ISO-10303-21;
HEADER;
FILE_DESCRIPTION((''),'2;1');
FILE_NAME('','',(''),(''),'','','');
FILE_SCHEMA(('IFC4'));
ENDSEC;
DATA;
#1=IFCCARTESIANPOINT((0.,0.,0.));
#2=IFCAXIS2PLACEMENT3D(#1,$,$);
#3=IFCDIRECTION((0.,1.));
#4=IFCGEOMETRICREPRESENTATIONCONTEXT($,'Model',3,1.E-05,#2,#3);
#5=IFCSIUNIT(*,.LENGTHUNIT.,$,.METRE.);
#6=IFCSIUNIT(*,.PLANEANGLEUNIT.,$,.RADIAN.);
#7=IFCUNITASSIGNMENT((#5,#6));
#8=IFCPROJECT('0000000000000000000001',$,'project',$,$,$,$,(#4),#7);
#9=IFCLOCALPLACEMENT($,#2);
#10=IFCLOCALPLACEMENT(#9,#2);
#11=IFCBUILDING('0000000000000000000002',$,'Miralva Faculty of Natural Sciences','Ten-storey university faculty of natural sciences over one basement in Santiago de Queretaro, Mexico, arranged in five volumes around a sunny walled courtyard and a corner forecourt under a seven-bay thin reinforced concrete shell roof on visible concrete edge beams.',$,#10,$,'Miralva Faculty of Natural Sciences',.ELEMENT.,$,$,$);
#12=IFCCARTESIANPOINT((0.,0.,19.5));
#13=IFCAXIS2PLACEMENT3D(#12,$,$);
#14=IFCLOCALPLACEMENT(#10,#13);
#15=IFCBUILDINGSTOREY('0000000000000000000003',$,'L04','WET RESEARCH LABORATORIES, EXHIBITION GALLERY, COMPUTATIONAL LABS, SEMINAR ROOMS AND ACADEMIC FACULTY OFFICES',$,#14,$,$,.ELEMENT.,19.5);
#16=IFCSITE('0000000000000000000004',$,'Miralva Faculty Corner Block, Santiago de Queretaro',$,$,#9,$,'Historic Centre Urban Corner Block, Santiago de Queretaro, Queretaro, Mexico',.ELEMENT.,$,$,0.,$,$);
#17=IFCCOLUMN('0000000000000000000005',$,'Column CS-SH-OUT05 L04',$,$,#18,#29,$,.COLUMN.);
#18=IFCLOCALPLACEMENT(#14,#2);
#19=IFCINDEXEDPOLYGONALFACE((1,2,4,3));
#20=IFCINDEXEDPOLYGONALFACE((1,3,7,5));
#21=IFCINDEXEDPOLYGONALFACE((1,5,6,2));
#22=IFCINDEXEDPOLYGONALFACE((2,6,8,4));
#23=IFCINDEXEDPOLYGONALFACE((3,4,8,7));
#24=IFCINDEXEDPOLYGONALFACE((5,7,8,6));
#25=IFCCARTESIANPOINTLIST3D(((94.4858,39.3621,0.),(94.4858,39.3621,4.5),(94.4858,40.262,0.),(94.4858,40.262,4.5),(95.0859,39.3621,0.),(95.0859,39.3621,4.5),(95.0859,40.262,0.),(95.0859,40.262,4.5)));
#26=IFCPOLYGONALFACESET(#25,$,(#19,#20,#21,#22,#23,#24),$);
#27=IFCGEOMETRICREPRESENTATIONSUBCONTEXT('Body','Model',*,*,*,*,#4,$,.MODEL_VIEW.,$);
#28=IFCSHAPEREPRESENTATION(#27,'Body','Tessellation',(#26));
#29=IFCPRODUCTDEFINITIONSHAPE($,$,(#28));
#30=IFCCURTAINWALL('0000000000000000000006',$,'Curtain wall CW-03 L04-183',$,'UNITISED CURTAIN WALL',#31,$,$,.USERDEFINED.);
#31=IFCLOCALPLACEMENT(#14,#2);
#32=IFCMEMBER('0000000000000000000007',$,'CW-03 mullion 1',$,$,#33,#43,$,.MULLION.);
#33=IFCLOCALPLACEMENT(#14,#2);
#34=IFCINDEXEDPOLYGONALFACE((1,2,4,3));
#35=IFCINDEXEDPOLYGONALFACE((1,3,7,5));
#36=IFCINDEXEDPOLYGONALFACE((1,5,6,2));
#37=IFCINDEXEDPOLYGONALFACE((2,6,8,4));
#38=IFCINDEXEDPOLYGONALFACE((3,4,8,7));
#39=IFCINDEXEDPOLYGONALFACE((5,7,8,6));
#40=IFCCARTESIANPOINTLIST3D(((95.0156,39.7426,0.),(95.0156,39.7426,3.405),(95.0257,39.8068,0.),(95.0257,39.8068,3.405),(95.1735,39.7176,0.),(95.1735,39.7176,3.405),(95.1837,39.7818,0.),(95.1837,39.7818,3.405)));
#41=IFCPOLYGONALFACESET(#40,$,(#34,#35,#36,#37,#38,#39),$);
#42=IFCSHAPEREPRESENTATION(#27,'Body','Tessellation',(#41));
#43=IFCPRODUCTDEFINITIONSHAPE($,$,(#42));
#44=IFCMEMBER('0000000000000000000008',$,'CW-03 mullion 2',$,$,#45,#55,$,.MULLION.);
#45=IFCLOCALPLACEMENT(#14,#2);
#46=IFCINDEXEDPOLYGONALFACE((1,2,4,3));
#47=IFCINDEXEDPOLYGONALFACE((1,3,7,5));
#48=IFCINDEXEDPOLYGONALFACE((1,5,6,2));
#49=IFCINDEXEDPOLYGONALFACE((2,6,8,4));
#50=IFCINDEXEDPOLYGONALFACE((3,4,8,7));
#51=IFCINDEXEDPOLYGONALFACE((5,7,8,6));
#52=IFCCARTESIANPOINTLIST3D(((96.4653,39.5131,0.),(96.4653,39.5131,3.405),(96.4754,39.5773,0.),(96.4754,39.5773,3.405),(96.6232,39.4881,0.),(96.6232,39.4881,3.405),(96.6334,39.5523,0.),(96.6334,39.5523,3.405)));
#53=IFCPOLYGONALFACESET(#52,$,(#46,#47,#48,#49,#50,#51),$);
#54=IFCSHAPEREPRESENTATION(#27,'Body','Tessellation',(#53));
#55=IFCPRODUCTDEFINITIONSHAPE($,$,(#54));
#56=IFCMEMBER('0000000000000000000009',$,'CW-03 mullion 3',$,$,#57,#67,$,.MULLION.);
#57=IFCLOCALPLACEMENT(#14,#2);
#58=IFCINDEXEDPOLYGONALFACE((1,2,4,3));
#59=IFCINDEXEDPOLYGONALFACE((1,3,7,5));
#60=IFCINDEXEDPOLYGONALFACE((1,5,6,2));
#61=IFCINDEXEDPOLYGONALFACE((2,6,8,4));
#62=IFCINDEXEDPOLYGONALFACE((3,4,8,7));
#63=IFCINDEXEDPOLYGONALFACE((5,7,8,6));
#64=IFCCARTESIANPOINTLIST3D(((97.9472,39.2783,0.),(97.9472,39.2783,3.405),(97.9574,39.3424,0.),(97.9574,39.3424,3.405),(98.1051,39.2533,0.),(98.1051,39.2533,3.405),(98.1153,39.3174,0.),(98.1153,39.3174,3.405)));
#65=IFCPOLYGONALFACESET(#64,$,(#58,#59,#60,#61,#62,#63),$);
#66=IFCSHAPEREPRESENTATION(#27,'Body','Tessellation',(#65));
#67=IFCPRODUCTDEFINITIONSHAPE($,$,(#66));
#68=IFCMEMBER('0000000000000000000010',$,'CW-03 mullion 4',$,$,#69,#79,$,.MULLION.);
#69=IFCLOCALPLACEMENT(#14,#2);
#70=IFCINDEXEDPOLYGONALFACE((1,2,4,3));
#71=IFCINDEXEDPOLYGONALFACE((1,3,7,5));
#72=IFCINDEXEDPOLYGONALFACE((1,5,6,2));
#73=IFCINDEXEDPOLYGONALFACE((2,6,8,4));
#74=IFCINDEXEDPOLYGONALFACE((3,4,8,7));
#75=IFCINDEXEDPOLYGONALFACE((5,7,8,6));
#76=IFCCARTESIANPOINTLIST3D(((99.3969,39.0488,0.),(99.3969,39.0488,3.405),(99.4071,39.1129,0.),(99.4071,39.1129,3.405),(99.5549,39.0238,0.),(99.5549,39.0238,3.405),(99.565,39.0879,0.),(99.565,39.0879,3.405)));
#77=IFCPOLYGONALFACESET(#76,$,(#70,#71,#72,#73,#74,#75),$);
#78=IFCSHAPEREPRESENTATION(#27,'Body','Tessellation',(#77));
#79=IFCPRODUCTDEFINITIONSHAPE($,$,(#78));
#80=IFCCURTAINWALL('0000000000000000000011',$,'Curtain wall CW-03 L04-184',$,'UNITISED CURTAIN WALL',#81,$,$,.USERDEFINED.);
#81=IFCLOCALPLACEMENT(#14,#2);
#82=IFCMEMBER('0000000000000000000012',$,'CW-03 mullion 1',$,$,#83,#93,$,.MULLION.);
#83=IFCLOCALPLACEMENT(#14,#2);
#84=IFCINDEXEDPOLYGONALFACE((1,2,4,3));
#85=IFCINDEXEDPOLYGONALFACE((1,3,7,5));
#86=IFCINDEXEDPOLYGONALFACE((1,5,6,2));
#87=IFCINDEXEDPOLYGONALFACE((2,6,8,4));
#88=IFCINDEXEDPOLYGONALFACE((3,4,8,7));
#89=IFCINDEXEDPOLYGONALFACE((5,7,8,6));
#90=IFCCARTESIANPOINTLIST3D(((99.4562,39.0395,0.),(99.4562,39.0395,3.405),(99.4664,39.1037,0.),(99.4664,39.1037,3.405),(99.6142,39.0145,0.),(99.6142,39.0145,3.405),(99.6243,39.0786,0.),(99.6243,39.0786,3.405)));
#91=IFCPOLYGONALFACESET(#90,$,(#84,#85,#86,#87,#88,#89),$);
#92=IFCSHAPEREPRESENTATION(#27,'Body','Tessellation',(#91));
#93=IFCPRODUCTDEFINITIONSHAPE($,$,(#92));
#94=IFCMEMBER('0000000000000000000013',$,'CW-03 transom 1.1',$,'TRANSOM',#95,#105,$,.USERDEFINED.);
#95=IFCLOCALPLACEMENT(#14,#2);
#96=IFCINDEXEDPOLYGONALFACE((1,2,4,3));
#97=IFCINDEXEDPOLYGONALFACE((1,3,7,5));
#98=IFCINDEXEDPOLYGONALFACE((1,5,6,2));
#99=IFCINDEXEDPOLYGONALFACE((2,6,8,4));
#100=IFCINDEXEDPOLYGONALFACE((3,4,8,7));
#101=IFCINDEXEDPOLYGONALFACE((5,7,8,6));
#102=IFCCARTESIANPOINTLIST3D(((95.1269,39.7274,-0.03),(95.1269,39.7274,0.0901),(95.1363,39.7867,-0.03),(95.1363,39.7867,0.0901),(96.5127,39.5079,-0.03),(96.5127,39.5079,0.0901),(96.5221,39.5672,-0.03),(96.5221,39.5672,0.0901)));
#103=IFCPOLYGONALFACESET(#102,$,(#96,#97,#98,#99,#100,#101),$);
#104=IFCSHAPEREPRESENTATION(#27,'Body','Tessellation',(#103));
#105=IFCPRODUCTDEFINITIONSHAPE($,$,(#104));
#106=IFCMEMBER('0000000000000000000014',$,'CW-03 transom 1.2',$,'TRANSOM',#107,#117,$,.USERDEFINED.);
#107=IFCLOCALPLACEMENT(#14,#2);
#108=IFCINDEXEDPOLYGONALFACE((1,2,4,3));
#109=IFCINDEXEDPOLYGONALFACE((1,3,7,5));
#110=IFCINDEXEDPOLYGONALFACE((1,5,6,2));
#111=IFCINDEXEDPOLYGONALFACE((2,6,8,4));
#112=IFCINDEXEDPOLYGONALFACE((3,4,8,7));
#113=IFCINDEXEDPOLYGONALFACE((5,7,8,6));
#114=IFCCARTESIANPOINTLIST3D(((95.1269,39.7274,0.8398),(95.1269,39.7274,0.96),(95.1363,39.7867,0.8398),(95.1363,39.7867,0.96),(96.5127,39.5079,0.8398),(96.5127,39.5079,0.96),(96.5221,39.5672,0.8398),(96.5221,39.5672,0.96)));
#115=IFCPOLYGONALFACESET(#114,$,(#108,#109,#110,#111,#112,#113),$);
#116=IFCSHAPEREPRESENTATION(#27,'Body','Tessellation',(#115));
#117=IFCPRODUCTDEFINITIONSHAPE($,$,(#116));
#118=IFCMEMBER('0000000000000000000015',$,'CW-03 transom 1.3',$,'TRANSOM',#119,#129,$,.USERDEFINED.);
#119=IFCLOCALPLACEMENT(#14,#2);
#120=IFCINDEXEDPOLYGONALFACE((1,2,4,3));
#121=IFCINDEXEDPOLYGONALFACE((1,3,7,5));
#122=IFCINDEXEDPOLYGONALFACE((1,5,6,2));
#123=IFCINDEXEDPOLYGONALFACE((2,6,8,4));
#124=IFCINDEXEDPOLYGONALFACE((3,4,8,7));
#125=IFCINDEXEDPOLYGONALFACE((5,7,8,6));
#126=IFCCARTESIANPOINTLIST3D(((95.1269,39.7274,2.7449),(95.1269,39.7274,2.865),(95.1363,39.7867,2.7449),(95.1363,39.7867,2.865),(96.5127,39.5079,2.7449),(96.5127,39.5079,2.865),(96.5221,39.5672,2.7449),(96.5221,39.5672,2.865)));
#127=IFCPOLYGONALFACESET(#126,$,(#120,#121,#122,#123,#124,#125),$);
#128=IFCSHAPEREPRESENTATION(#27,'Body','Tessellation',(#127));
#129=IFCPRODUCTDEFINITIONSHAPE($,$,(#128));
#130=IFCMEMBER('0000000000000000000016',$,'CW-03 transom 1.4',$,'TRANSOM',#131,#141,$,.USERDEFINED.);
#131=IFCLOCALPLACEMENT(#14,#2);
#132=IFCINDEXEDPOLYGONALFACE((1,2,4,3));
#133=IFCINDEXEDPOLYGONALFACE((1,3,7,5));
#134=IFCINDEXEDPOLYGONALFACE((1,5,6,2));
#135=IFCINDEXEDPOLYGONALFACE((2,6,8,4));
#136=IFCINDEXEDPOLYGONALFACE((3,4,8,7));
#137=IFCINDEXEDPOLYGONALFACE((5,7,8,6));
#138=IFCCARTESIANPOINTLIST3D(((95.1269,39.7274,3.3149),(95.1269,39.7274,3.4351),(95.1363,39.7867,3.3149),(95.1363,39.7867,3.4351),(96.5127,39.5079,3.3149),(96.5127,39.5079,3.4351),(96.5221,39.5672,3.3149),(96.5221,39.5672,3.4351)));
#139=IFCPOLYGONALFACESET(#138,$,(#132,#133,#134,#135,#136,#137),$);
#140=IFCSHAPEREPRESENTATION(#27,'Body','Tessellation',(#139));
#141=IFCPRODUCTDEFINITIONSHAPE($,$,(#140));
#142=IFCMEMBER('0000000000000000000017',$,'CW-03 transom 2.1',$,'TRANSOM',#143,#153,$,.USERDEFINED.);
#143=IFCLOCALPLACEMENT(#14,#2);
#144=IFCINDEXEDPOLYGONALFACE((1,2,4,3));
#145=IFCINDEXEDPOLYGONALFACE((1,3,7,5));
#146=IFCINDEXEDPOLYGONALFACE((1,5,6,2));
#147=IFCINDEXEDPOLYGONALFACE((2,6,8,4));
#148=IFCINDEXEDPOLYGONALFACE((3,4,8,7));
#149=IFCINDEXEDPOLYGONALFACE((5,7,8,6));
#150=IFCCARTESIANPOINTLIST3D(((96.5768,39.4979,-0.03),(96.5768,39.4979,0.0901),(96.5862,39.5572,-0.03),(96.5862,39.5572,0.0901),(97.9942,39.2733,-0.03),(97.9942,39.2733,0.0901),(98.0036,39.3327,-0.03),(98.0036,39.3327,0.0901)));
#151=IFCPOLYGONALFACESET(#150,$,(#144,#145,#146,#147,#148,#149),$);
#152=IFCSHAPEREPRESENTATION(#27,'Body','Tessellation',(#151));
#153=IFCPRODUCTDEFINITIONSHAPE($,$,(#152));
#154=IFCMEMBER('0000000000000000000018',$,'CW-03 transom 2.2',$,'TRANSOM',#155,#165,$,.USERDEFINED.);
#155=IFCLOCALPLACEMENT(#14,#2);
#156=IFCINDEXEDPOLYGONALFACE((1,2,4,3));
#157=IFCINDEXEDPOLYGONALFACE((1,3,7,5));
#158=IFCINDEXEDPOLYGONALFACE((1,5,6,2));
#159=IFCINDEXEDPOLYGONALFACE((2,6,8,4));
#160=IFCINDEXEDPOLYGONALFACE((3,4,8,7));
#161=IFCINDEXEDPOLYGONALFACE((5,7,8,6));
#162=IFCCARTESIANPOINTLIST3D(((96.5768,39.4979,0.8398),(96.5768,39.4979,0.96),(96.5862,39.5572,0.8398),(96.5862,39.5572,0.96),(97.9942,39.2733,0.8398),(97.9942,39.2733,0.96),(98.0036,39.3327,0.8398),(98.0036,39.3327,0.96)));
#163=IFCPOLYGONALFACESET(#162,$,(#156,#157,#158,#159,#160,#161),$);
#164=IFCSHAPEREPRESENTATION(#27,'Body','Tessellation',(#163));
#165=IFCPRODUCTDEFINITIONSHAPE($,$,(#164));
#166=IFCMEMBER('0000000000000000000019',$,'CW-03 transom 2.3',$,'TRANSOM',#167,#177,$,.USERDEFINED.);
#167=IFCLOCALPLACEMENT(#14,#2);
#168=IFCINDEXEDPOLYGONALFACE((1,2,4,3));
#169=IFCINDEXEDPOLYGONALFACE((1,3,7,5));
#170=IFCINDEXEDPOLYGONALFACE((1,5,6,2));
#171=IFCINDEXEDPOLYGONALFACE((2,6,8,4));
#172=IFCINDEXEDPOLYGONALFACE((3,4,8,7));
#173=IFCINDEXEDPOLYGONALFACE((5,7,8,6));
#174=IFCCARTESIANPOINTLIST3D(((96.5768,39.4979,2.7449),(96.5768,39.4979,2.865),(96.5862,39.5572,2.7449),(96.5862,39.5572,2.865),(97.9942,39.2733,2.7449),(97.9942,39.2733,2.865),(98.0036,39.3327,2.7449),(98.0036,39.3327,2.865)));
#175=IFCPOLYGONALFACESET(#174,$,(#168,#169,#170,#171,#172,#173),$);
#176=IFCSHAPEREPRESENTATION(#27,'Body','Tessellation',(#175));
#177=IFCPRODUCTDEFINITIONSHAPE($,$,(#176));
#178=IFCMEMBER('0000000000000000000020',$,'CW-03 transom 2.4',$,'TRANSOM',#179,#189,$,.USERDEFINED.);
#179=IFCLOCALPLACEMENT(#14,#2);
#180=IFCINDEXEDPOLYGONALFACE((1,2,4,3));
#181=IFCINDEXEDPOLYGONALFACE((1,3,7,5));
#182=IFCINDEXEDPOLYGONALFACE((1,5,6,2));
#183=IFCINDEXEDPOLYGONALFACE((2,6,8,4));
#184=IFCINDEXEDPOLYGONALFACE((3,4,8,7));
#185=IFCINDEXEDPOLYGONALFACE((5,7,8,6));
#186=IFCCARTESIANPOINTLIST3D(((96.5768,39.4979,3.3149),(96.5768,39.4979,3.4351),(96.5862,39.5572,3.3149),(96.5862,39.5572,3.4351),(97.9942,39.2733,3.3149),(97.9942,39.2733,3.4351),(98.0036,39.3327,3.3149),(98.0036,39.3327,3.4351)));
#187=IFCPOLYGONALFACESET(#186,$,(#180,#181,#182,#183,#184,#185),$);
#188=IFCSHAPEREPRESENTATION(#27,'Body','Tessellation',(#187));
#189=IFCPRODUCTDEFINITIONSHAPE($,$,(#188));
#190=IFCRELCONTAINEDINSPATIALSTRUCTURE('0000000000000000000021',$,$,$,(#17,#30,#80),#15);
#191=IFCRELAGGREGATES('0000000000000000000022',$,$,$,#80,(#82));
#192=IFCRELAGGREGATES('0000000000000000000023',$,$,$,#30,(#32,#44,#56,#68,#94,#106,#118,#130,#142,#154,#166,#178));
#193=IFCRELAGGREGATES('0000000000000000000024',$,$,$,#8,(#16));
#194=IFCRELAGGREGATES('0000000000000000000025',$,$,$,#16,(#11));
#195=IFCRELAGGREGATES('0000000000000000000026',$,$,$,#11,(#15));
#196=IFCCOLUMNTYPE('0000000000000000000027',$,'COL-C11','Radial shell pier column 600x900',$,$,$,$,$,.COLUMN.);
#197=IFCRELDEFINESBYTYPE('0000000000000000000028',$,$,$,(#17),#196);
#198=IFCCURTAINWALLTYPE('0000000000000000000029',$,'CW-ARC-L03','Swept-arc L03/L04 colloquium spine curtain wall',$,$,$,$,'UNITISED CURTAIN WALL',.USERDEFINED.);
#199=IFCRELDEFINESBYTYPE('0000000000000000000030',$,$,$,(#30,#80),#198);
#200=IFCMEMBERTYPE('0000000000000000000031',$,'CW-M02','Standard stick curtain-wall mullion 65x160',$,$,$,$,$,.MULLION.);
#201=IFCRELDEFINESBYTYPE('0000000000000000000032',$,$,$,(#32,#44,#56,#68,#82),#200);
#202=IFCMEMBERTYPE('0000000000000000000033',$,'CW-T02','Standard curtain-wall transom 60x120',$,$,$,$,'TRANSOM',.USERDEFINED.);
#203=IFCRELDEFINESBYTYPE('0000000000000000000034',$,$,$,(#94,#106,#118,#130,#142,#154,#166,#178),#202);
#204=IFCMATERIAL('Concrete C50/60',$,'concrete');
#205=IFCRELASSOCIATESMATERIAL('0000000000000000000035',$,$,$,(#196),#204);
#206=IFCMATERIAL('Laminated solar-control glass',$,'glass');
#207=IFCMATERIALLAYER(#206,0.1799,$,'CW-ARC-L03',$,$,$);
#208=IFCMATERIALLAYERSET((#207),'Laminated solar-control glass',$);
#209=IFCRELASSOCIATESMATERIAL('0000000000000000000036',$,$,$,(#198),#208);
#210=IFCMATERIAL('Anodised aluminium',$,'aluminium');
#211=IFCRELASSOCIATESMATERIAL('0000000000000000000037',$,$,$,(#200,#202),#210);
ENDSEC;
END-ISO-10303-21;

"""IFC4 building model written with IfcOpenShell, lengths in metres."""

from ifc_helpers import new_model, si_unit, direction, frame, origin, origin_2d, place, context, subcontext, project, spatial, rectangle, extrude, material, layer, layer_set, material_profile, profile_set, type_object, element, aggregate, save


model = new_model("IFC4")

# Units and contexts
model_context = context("Model", 3, precision=1e-05, world=origin(), true_north=direction((0.0, 1.0)))
body_context = subcontext(model_context, "Body", "Model", "MODEL_VIEW")
ifc_project = project(units=[si_unit("LENGTHUNIT", "METRE"), si_unit("PLANEANGLEUNIT", "RADIAN")], contexts=[model_context])

# Site, building, storey
site_placement = place(None, origin())
site = spatial("IfcSite", under=ifc_project, at=site_placement, Name="Miralva Faculty Corner Block, Santiago de Queretaro", LongName="Historic Centre Urban Corner Block, Santiago de Queretaro, Queretaro, Mexico", CompositionType="ELEMENT", RefElevation=0.0)
building_placement = place(site_placement, origin())
building = spatial("IfcBuilding", under=site, at=building_placement, Name="Miralva Faculty of Natural Sciences", Description="Ten-storey university faculty of natural sciences over one basement in Santiago de Queretaro, Mexico, arranged in five volumes around a sunny walled courtyard and a corner forecourt under a seven-bay thin reinforced concrete shell roof on visible concrete edge beams.", LongName="Miralva Faculty of Natural Sciences", CompositionType="ELEMENT")
storey_placement = place(building_placement, frame((0.0, 0.0, 19.5)))
storey = spatial("IfcBuildingStorey", under=building, at=storey_placement, Name="L04", Description="WET RESEARCH LABORATORIES, EXHIBITION GALLERY, COMPUTATIONAL LABS, SEMINAR ROOMS AND ACADEMIC FACULTY OFFICES", CompositionType="ELEMENT", Elevation=19.5)

# Column
ifc_material_1 = material(Name="Concrete C50/60", Category="concrete")
ifc_material_profile_1 = material_profile(ifc_material_1, rectangle(XDim=0.6001, YDim=0.8999, at=origin_2d()), Name="RC 600x900")
ifc_profile_set_1 = profile_set([ifc_material_profile_1], Name="Concrete C50/60")
column_type = type_object("IfcColumnType", Name="COL-C11", Description="Radial shell pier column 600x900", PredefinedType="COLUMN", material=ifc_profile_set_1)
column_placement = place(storey_placement, frame((94.7859, 39.812, 0.0), z_axis=(0.0, 0.0, 1.0), x_axis=(1.0, 0.0, 0.0)))
element("IfcColumn", 1, at=column_placement, inside=storey, type_object=column_type, Name="Column CS-SH-OUT05 L04", PredefinedType="COLUMN", context=body_context, shape_type="SweptSolid", body=[
    extrude(rectangle(XDim=0.6001, YDim=0.8999, at=origin_2d()), origin(), (0.0, 0.0, 1.0), 4.5),
])

# Curtain wall, members
ifc_material_2 = material(Name="Laminated solar-control glass", Category="glass")
ifc_layer_1 = layer(ifc_material_2, 0.1799, Name="CW-ARC-L03")
ifc_layer_set_1 = layer_set([ifc_layer_1], Name="Laminated solar-control glass")
curtain_wall_type = type_object("IfcCurtainWallType", Name="CW-ARC-L03", Description="Swept-arc L03/L04 colloquium spine curtain wall", ElementType="UNITISED CURTAIN WALL", PredefinedType="USERDEFINED", material=ifc_layer_set_1)
curtain_wall_1_placement = place(storey_placement, origin())
curtain_wall_1 = element("IfcCurtainWall", 2, at=curtain_wall_1_placement, inside=storey, type_object=curtain_wall_type, Name="Curtain wall CW-03 L04-183", ObjectType="UNITISED CURTAIN WALL", PredefinedType="USERDEFINED")
ifc_material_3 = material(Name="Anodised aluminium", Category="aluminium")
ifc_material_profile_2 = material_profile(ifc_material_3, rectangle(XDim=0.0649, YDim=0.1599, at=origin_2d()), Name="MULLION 65x160")
ifc_profile_set_2 = profile_set([ifc_material_profile_2], Name="Anodised aluminium")
member_type_1 = type_object("IfcMemberType", Name="CW-M02", Description="Standard stick curtain-wall mullion 65x160", PredefinedType="MULLION", material=ifc_profile_set_2)
member_1_placement = place(storey_placement, frame((95.0996, 39.7622, 0.0), z_axis=(0.0, 0.0, 1.0), x_axis=(0.15641, 0.987692, 0.0)))
member_1 = element("IfcMember", 3, at=member_1_placement, type_object=member_type_1, Name="CW-03 mullion 1", PredefinedType="MULLION", context=body_context, shape_type="SweptSolid", body=[
    extrude(rectangle(XDim=0.0649, YDim=0.1599, at=origin_2d()), origin(), (0.0, 0.0, 1.0), 3.405),
])
member_2_placement = place(storey_placement, frame((96.5493, 39.5327, 0.0), z_axis=(0.0, 0.0, 1.0), x_axis=(0.15641, 0.987692, 0.0)))
member_2 = element("IfcMember", 4, at=member_2_placement, type_object=member_type_1, Name="CW-03 mullion 2", PredefinedType="MULLION", context=body_context, shape_type="SweptSolid", body=[
    extrude(rectangle(XDim=0.0649, YDim=0.1599, at=origin_2d()), origin(), (0.0, 0.0, 1.0), 3.405),
])
member_3_placement = place(storey_placement, frame((98.0312, 39.2979, 0.0), z_axis=(0.0, 0.0, 1.0), x_axis=(0.15641, 0.987692, 0.0)))
member_3 = element("IfcMember", 5, at=member_3_placement, type_object=member_type_1, Name="CW-03 mullion 3", PredefinedType="MULLION", context=body_context, shape_type="SweptSolid", body=[
    extrude(rectangle(XDim=0.0649, YDim=0.1599, at=origin_2d()), origin(), (0.0, 0.0, 1.0), 3.405),
])
member_4_placement = place(storey_placement, frame((99.481, 39.0684, 0.0), z_axis=(0.0, 0.0, 1.0), x_axis=(0.15641, 0.987692, 0.0)))
member_4 = element("IfcMember", 6, at=member_4_placement, type_object=member_type_1, Name="CW-03 mullion 4", PredefinedType="MULLION", context=body_context, shape_type="SweptSolid", body=[
    extrude(rectangle(XDim=0.0649, YDim=0.1599, at=origin_2d()), origin(), (0.0, 0.0, 1.0), 3.405),
])

# Curtain wall, member
curtain_wall_2_placement = place(storey_placement, origin())
curtain_wall_2 = element("IfcCurtainWall", 7, at=curtain_wall_2_placement, inside=storey, type_object=curtain_wall_type, Name="Curtain wall CW-03 L04-184", ObjectType="UNITISED CURTAIN WALL", PredefinedType="USERDEFINED")
member_5_placement = place(storey_placement, frame((99.5403, 39.0591, 0.0), z_axis=(0.0, 0.0, 1.0), x_axis=(0.156437, 0.987688, 0.0)))
member_5 = element("IfcMember", 8, at=member_5_placement, type_object=member_type_1, Name="CW-03 mullion 1", PredefinedType="MULLION", context=body_context, shape_type="SweptSolid", body=[
    extrude(rectangle(XDim=0.0649, YDim=0.1599, at=origin_2d()), origin(), (0.0, 0.0, 1.0), 3.405),
])

# Members
ifc_material_profile_3 = material_profile(ifc_material_3, rectangle(XDim=0.0601, YDim=0.1201, at=origin_2d()), Name="TRANSOM 60x120")
ifc_profile_set_3 = profile_set([ifc_material_profile_3], Name="Anodised aluminium")
member_type_2 = type_object("IfcMemberType", Name="CW-T02", Description="Standard curtain-wall transom 60x120", ElementType="TRANSOM", PredefinedType="USERDEFINED", material=ifc_profile_set_3)
member_6_placement = place(storey_placement, frame((95.1316, 39.7571, 0.03), z_axis=(0.987688, -0.156436, 0.0), x_axis=(0.156436, 0.987688, 0.0)))
member_6 = element("IfcMember", 9, at=member_6_placement, type_object=member_type_2, Name="CW-03 transom 1.1", ObjectType="TRANSOM", PredefinedType="USERDEFINED", context=body_context, shape_type="SweptSolid", body=[
    extrude(rectangle(XDim=0.0601, YDim=0.1201, at=origin_2d()), origin(), (0.0, 0.0, 1.0), 1.4031),
])
member_7_placement = place(storey_placement, frame((95.1316, 39.7571, 0.8999), z_axis=(0.987688, -0.156436, 0.0), x_axis=(0.156436, 0.987688, 0.0)))
member_7 = element("IfcMember", 10, at=member_7_placement, type_object=member_type_2, Name="CW-03 transom 1.2", ObjectType="TRANSOM", PredefinedType="USERDEFINED", context=body_context, shape_type="SweptSolid", body=[
    extrude(rectangle(XDim=0.0601, YDim=0.1201, at=origin_2d()), origin(), (0.0, 0.0, 1.0), 1.4031),
])
member_8_placement = place(storey_placement, frame((95.1316, 39.7571, 2.8049), z_axis=(0.987688, -0.156436, 0.0), x_axis=(0.156436, 0.987688, 0.0)))
member_8 = element("IfcMember", 11, at=member_8_placement, type_object=member_type_2, Name="CW-03 transom 1.3", ObjectType="TRANSOM", PredefinedType="USERDEFINED", context=body_context, shape_type="SweptSolid", body=[
    extrude(rectangle(XDim=0.0601, YDim=0.1201, at=origin_2d()), origin(), (0.0, 0.0, 1.0), 1.4031),
])
member_9_placement = place(storey_placement, frame((95.1316, 39.7571, 3.375), z_axis=(0.987688, -0.156436, 0.0), x_axis=(0.156436, 0.987688, 0.0)))
member_9 = element("IfcMember", 12, at=member_9_placement, type_object=member_type_2, Name="CW-03 transom 1.4", ObjectType="TRANSOM", PredefinedType="USERDEFINED", context=body_context, shape_type="SweptSolid", body=[
    extrude(rectangle(XDim=0.0601, YDim=0.1201, at=origin_2d()), origin(), (0.0, 0.0, 1.0), 1.4031),
])
member_10_placement = place(storey_placement, frame((96.5815, 39.5276, 0.03), z_axis=(0.987677, -0.156504, 0.0), x_axis=(0.156504, 0.987677, 0.0)))
member_10 = element("IfcMember", 13, at=member_10_placement, type_object=member_type_2, Name="CW-03 transom 2.1", ObjectType="TRANSOM", PredefinedType="USERDEFINED", context=body_context, shape_type="SweptSolid", body=[
    extrude(rectangle(XDim=0.0601, YDim=0.1201, at=origin_2d()), origin(), (0.0, 0.0, 1.0), 1.4351),
])
member_11_placement = place(storey_placement, frame((96.5815, 39.5276, 0.8999), z_axis=(0.987677, -0.156504, 0.0), x_axis=(0.156504, 0.987677, 0.0)))
member_11 = element("IfcMember", 14, at=member_11_placement, type_object=member_type_2, Name="CW-03 transom 2.2", ObjectType="TRANSOM", PredefinedType="USERDEFINED", context=body_context, shape_type="SweptSolid", body=[
    extrude(rectangle(XDim=0.0601, YDim=0.1201, at=origin_2d()), origin(), (0.0, 0.0, 1.0), 1.4351),
])
member_12_placement = place(storey_placement, frame((96.5815, 39.5276, 2.8049), z_axis=(0.987677, -0.156504, 0.0), x_axis=(0.156504, 0.987677, 0.0)))
member_12 = element("IfcMember", 15, at=member_12_placement, type_object=member_type_2, Name="CW-03 transom 2.3", ObjectType="TRANSOM", PredefinedType="USERDEFINED", context=body_context, shape_type="SweptSolid", body=[
    extrude(rectangle(XDim=0.0601, YDim=0.1201, at=origin_2d()), origin(), (0.0, 0.0, 1.0), 1.4351),
])
member_13_placement = place(storey_placement, frame((96.5815, 39.5276, 3.375), z_axis=(0.987677, -0.156504, 0.0), x_axis=(0.156504, 0.987677, 0.0)))
member_13 = element("IfcMember", 16, at=member_13_placement, type_object=member_type_2, Name="CW-03 transom 2.4", ObjectType="TRANSOM", PredefinedType="USERDEFINED", context=body_context, shape_type="SweptSolid", body=[
    extrude(rectangle(XDim=0.0601, YDim=0.1201, at=origin_2d()), origin(), (0.0, 0.0, 1.0), 1.4351),
])
aggregate(curtain_wall_2, [member_5])

aggregate(curtain_wall_1, [member_1, member_2, member_3, member_4, member_6, member_7, member_8, member_9, member_10, member_11, member_12, member_13])

save(model, "model.ifc")
